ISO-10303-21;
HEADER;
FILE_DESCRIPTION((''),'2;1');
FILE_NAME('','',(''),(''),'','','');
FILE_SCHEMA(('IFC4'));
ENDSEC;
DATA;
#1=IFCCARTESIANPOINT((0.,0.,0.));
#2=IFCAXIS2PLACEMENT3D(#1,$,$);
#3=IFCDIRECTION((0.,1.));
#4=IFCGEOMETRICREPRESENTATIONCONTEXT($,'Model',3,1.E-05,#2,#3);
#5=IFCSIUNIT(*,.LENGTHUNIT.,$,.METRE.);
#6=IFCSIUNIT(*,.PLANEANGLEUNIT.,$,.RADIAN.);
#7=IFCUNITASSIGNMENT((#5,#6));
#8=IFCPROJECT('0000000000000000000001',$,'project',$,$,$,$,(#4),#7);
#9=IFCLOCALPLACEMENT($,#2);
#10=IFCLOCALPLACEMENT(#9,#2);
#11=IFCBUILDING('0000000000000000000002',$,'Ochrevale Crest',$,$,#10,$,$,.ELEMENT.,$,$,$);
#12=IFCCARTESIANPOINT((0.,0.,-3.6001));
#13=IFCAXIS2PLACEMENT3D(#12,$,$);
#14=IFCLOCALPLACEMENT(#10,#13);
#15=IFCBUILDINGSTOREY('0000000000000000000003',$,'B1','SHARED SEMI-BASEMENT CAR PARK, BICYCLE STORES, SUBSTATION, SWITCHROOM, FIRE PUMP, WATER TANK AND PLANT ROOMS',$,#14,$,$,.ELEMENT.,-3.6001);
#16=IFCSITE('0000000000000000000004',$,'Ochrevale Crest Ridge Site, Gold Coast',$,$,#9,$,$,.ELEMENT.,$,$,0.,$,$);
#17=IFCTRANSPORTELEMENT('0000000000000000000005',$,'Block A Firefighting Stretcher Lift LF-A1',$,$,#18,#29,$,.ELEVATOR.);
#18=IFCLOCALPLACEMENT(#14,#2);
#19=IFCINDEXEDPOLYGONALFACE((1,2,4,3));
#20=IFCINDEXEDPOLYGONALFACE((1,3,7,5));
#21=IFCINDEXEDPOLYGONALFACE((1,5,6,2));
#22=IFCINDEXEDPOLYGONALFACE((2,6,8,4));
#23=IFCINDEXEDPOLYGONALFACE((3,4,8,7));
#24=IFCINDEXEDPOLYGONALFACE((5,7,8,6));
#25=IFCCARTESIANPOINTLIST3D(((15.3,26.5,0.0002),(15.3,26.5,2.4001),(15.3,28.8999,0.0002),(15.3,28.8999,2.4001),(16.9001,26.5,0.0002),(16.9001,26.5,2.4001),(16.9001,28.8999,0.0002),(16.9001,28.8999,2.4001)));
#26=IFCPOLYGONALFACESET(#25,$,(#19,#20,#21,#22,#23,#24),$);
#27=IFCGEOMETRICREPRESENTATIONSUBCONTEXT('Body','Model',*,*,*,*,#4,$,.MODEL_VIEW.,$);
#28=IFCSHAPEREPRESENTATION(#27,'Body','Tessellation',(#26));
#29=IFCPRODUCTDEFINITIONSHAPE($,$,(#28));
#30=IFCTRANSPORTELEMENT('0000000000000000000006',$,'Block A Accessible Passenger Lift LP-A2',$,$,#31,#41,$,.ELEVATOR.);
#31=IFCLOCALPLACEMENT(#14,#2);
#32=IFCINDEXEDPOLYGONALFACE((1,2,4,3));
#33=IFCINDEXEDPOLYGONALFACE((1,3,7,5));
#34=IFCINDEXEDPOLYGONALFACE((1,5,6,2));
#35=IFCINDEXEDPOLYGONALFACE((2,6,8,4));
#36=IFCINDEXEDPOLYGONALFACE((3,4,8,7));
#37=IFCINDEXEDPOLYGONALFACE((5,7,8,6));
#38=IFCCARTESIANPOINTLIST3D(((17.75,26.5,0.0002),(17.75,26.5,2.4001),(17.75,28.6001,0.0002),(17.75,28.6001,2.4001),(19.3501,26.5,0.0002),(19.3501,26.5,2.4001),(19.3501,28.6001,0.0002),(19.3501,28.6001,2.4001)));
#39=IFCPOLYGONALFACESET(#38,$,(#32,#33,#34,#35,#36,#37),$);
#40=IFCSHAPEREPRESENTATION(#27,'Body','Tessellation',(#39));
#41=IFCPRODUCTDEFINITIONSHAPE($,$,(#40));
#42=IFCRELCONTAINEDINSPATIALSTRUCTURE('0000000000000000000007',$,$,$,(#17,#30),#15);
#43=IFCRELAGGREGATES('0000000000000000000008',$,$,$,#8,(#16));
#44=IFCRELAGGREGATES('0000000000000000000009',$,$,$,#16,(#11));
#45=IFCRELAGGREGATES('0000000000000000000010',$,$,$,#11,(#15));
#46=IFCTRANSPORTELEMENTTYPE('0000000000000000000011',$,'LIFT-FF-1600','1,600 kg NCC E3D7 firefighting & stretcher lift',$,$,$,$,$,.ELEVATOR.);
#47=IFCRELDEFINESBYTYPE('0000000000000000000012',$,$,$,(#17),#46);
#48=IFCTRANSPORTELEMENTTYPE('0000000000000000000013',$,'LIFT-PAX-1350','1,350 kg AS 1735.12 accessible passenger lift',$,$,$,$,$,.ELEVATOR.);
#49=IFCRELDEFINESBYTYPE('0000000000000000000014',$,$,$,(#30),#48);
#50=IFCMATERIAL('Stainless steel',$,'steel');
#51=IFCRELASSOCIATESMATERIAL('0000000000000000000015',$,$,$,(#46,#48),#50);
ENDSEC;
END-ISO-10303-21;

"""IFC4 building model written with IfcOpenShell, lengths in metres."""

from ifc_helpers import new_model, si_unit, direction, frame, origin, origin_2d, place, context, subcontext, project, spatial, rectangle, extrude, material, type_object, element, save


model = new_model("IFC4")

# Units and contexts
model_context = context("Model", 3, precision=1e-05, world=origin(), true_north=direction((0.0, 1.0)))
body_context = subcontext(model_context, "Body", "Model", "MODEL_VIEW")
ifc_project = project(units=[si_unit("LENGTHUNIT", "METRE"), si_unit("PLANEANGLEUNIT", "RADIAN")], contexts=[model_context])

# Site, building, storey
site_placement = place(None, origin())
site = spatial("IfcSite", under=ifc_project, at=site_placement, Name="Ochrevale Crest Ridge Site, Gold Coast", CompositionType="ELEMENT", RefElevation=0.0)
building_placement = place(site_placement, origin())
building = spatial("IfcBuilding", under=site, at=building_placement, Name="Ochrevale Crest", CompositionType="ELEMENT")
storey_placement = place(building_placement, frame((0.0, 0.0, -3.6001)))
storey = spatial("IfcBuildingStorey", under=building, at=storey_placement, Name="B1", Description="SHARED SEMI-BASEMENT CAR PARK, BICYCLE STORES, SUBSTATION, SWITCHROOM, FIRE PUMP, WATER TANK AND PLANT ROOMS", CompositionType="ELEMENT", Elevation=-3.6001)

# Transport elements
ifc_material_1 = material(Name="Stainless steel", Category="steel")
transport_element_type_1 = type_object("IfcTransportElementType", Name="LIFT-FF-1600", Description="1,600 kg NCC E3D7 firefighting & stretcher lift", PredefinedType="ELEVATOR", material=ifc_material_1)
transport_element_1_placement = place(storey_placement, frame((16.1001, 27.7, 0.0002), z_axis=(0.0, 0.0, 1.0), x_axis=(1.0, 0.0, 0.0)))
element("IfcTransportElement", 1, at=transport_element_1_placement, inside=storey, type_object=transport_element_type_1, Name="Block A Firefighting Stretcher Lift LF-A1", PredefinedType="ELEVATOR", context=body_context, shape_type="SweptSolid", body=[
    extrude(rectangle(XDim=1.6001, YDim=2.3999, at=origin_2d()), origin(), (0.0, 0.0, 1.0), 2.3999),
])
transport_element_type_2 = type_object("IfcTransportElementType", Name="LIFT-PAX-1350", Description="1,350 kg AS 1735.12 accessible passenger lift", PredefinedType="ELEVATOR", material=ifc_material_1)
transport_element_2_placement = place(storey_placement, frame((18.55, 27.55, 0.0002), z_axis=(0.0, 0.0, 1.0), x_axis=(1.0, 0.0, 0.0)))
element("IfcTransportElement", 2, at=transport_element_2_placement, inside=storey, type_object=transport_element_type_2, Name="Block A Accessible Passenger Lift LP-A2", PredefinedType="ELEVATOR", context=body_context, shape_type="SweptSolid", body=[
    extrude(rectangle(XDim=1.6001, YDim=2.1001, at=origin_2d()), origin(), (0.0, 0.0, 1.0), 2.3999),
])

save(model, "model.ifc")
